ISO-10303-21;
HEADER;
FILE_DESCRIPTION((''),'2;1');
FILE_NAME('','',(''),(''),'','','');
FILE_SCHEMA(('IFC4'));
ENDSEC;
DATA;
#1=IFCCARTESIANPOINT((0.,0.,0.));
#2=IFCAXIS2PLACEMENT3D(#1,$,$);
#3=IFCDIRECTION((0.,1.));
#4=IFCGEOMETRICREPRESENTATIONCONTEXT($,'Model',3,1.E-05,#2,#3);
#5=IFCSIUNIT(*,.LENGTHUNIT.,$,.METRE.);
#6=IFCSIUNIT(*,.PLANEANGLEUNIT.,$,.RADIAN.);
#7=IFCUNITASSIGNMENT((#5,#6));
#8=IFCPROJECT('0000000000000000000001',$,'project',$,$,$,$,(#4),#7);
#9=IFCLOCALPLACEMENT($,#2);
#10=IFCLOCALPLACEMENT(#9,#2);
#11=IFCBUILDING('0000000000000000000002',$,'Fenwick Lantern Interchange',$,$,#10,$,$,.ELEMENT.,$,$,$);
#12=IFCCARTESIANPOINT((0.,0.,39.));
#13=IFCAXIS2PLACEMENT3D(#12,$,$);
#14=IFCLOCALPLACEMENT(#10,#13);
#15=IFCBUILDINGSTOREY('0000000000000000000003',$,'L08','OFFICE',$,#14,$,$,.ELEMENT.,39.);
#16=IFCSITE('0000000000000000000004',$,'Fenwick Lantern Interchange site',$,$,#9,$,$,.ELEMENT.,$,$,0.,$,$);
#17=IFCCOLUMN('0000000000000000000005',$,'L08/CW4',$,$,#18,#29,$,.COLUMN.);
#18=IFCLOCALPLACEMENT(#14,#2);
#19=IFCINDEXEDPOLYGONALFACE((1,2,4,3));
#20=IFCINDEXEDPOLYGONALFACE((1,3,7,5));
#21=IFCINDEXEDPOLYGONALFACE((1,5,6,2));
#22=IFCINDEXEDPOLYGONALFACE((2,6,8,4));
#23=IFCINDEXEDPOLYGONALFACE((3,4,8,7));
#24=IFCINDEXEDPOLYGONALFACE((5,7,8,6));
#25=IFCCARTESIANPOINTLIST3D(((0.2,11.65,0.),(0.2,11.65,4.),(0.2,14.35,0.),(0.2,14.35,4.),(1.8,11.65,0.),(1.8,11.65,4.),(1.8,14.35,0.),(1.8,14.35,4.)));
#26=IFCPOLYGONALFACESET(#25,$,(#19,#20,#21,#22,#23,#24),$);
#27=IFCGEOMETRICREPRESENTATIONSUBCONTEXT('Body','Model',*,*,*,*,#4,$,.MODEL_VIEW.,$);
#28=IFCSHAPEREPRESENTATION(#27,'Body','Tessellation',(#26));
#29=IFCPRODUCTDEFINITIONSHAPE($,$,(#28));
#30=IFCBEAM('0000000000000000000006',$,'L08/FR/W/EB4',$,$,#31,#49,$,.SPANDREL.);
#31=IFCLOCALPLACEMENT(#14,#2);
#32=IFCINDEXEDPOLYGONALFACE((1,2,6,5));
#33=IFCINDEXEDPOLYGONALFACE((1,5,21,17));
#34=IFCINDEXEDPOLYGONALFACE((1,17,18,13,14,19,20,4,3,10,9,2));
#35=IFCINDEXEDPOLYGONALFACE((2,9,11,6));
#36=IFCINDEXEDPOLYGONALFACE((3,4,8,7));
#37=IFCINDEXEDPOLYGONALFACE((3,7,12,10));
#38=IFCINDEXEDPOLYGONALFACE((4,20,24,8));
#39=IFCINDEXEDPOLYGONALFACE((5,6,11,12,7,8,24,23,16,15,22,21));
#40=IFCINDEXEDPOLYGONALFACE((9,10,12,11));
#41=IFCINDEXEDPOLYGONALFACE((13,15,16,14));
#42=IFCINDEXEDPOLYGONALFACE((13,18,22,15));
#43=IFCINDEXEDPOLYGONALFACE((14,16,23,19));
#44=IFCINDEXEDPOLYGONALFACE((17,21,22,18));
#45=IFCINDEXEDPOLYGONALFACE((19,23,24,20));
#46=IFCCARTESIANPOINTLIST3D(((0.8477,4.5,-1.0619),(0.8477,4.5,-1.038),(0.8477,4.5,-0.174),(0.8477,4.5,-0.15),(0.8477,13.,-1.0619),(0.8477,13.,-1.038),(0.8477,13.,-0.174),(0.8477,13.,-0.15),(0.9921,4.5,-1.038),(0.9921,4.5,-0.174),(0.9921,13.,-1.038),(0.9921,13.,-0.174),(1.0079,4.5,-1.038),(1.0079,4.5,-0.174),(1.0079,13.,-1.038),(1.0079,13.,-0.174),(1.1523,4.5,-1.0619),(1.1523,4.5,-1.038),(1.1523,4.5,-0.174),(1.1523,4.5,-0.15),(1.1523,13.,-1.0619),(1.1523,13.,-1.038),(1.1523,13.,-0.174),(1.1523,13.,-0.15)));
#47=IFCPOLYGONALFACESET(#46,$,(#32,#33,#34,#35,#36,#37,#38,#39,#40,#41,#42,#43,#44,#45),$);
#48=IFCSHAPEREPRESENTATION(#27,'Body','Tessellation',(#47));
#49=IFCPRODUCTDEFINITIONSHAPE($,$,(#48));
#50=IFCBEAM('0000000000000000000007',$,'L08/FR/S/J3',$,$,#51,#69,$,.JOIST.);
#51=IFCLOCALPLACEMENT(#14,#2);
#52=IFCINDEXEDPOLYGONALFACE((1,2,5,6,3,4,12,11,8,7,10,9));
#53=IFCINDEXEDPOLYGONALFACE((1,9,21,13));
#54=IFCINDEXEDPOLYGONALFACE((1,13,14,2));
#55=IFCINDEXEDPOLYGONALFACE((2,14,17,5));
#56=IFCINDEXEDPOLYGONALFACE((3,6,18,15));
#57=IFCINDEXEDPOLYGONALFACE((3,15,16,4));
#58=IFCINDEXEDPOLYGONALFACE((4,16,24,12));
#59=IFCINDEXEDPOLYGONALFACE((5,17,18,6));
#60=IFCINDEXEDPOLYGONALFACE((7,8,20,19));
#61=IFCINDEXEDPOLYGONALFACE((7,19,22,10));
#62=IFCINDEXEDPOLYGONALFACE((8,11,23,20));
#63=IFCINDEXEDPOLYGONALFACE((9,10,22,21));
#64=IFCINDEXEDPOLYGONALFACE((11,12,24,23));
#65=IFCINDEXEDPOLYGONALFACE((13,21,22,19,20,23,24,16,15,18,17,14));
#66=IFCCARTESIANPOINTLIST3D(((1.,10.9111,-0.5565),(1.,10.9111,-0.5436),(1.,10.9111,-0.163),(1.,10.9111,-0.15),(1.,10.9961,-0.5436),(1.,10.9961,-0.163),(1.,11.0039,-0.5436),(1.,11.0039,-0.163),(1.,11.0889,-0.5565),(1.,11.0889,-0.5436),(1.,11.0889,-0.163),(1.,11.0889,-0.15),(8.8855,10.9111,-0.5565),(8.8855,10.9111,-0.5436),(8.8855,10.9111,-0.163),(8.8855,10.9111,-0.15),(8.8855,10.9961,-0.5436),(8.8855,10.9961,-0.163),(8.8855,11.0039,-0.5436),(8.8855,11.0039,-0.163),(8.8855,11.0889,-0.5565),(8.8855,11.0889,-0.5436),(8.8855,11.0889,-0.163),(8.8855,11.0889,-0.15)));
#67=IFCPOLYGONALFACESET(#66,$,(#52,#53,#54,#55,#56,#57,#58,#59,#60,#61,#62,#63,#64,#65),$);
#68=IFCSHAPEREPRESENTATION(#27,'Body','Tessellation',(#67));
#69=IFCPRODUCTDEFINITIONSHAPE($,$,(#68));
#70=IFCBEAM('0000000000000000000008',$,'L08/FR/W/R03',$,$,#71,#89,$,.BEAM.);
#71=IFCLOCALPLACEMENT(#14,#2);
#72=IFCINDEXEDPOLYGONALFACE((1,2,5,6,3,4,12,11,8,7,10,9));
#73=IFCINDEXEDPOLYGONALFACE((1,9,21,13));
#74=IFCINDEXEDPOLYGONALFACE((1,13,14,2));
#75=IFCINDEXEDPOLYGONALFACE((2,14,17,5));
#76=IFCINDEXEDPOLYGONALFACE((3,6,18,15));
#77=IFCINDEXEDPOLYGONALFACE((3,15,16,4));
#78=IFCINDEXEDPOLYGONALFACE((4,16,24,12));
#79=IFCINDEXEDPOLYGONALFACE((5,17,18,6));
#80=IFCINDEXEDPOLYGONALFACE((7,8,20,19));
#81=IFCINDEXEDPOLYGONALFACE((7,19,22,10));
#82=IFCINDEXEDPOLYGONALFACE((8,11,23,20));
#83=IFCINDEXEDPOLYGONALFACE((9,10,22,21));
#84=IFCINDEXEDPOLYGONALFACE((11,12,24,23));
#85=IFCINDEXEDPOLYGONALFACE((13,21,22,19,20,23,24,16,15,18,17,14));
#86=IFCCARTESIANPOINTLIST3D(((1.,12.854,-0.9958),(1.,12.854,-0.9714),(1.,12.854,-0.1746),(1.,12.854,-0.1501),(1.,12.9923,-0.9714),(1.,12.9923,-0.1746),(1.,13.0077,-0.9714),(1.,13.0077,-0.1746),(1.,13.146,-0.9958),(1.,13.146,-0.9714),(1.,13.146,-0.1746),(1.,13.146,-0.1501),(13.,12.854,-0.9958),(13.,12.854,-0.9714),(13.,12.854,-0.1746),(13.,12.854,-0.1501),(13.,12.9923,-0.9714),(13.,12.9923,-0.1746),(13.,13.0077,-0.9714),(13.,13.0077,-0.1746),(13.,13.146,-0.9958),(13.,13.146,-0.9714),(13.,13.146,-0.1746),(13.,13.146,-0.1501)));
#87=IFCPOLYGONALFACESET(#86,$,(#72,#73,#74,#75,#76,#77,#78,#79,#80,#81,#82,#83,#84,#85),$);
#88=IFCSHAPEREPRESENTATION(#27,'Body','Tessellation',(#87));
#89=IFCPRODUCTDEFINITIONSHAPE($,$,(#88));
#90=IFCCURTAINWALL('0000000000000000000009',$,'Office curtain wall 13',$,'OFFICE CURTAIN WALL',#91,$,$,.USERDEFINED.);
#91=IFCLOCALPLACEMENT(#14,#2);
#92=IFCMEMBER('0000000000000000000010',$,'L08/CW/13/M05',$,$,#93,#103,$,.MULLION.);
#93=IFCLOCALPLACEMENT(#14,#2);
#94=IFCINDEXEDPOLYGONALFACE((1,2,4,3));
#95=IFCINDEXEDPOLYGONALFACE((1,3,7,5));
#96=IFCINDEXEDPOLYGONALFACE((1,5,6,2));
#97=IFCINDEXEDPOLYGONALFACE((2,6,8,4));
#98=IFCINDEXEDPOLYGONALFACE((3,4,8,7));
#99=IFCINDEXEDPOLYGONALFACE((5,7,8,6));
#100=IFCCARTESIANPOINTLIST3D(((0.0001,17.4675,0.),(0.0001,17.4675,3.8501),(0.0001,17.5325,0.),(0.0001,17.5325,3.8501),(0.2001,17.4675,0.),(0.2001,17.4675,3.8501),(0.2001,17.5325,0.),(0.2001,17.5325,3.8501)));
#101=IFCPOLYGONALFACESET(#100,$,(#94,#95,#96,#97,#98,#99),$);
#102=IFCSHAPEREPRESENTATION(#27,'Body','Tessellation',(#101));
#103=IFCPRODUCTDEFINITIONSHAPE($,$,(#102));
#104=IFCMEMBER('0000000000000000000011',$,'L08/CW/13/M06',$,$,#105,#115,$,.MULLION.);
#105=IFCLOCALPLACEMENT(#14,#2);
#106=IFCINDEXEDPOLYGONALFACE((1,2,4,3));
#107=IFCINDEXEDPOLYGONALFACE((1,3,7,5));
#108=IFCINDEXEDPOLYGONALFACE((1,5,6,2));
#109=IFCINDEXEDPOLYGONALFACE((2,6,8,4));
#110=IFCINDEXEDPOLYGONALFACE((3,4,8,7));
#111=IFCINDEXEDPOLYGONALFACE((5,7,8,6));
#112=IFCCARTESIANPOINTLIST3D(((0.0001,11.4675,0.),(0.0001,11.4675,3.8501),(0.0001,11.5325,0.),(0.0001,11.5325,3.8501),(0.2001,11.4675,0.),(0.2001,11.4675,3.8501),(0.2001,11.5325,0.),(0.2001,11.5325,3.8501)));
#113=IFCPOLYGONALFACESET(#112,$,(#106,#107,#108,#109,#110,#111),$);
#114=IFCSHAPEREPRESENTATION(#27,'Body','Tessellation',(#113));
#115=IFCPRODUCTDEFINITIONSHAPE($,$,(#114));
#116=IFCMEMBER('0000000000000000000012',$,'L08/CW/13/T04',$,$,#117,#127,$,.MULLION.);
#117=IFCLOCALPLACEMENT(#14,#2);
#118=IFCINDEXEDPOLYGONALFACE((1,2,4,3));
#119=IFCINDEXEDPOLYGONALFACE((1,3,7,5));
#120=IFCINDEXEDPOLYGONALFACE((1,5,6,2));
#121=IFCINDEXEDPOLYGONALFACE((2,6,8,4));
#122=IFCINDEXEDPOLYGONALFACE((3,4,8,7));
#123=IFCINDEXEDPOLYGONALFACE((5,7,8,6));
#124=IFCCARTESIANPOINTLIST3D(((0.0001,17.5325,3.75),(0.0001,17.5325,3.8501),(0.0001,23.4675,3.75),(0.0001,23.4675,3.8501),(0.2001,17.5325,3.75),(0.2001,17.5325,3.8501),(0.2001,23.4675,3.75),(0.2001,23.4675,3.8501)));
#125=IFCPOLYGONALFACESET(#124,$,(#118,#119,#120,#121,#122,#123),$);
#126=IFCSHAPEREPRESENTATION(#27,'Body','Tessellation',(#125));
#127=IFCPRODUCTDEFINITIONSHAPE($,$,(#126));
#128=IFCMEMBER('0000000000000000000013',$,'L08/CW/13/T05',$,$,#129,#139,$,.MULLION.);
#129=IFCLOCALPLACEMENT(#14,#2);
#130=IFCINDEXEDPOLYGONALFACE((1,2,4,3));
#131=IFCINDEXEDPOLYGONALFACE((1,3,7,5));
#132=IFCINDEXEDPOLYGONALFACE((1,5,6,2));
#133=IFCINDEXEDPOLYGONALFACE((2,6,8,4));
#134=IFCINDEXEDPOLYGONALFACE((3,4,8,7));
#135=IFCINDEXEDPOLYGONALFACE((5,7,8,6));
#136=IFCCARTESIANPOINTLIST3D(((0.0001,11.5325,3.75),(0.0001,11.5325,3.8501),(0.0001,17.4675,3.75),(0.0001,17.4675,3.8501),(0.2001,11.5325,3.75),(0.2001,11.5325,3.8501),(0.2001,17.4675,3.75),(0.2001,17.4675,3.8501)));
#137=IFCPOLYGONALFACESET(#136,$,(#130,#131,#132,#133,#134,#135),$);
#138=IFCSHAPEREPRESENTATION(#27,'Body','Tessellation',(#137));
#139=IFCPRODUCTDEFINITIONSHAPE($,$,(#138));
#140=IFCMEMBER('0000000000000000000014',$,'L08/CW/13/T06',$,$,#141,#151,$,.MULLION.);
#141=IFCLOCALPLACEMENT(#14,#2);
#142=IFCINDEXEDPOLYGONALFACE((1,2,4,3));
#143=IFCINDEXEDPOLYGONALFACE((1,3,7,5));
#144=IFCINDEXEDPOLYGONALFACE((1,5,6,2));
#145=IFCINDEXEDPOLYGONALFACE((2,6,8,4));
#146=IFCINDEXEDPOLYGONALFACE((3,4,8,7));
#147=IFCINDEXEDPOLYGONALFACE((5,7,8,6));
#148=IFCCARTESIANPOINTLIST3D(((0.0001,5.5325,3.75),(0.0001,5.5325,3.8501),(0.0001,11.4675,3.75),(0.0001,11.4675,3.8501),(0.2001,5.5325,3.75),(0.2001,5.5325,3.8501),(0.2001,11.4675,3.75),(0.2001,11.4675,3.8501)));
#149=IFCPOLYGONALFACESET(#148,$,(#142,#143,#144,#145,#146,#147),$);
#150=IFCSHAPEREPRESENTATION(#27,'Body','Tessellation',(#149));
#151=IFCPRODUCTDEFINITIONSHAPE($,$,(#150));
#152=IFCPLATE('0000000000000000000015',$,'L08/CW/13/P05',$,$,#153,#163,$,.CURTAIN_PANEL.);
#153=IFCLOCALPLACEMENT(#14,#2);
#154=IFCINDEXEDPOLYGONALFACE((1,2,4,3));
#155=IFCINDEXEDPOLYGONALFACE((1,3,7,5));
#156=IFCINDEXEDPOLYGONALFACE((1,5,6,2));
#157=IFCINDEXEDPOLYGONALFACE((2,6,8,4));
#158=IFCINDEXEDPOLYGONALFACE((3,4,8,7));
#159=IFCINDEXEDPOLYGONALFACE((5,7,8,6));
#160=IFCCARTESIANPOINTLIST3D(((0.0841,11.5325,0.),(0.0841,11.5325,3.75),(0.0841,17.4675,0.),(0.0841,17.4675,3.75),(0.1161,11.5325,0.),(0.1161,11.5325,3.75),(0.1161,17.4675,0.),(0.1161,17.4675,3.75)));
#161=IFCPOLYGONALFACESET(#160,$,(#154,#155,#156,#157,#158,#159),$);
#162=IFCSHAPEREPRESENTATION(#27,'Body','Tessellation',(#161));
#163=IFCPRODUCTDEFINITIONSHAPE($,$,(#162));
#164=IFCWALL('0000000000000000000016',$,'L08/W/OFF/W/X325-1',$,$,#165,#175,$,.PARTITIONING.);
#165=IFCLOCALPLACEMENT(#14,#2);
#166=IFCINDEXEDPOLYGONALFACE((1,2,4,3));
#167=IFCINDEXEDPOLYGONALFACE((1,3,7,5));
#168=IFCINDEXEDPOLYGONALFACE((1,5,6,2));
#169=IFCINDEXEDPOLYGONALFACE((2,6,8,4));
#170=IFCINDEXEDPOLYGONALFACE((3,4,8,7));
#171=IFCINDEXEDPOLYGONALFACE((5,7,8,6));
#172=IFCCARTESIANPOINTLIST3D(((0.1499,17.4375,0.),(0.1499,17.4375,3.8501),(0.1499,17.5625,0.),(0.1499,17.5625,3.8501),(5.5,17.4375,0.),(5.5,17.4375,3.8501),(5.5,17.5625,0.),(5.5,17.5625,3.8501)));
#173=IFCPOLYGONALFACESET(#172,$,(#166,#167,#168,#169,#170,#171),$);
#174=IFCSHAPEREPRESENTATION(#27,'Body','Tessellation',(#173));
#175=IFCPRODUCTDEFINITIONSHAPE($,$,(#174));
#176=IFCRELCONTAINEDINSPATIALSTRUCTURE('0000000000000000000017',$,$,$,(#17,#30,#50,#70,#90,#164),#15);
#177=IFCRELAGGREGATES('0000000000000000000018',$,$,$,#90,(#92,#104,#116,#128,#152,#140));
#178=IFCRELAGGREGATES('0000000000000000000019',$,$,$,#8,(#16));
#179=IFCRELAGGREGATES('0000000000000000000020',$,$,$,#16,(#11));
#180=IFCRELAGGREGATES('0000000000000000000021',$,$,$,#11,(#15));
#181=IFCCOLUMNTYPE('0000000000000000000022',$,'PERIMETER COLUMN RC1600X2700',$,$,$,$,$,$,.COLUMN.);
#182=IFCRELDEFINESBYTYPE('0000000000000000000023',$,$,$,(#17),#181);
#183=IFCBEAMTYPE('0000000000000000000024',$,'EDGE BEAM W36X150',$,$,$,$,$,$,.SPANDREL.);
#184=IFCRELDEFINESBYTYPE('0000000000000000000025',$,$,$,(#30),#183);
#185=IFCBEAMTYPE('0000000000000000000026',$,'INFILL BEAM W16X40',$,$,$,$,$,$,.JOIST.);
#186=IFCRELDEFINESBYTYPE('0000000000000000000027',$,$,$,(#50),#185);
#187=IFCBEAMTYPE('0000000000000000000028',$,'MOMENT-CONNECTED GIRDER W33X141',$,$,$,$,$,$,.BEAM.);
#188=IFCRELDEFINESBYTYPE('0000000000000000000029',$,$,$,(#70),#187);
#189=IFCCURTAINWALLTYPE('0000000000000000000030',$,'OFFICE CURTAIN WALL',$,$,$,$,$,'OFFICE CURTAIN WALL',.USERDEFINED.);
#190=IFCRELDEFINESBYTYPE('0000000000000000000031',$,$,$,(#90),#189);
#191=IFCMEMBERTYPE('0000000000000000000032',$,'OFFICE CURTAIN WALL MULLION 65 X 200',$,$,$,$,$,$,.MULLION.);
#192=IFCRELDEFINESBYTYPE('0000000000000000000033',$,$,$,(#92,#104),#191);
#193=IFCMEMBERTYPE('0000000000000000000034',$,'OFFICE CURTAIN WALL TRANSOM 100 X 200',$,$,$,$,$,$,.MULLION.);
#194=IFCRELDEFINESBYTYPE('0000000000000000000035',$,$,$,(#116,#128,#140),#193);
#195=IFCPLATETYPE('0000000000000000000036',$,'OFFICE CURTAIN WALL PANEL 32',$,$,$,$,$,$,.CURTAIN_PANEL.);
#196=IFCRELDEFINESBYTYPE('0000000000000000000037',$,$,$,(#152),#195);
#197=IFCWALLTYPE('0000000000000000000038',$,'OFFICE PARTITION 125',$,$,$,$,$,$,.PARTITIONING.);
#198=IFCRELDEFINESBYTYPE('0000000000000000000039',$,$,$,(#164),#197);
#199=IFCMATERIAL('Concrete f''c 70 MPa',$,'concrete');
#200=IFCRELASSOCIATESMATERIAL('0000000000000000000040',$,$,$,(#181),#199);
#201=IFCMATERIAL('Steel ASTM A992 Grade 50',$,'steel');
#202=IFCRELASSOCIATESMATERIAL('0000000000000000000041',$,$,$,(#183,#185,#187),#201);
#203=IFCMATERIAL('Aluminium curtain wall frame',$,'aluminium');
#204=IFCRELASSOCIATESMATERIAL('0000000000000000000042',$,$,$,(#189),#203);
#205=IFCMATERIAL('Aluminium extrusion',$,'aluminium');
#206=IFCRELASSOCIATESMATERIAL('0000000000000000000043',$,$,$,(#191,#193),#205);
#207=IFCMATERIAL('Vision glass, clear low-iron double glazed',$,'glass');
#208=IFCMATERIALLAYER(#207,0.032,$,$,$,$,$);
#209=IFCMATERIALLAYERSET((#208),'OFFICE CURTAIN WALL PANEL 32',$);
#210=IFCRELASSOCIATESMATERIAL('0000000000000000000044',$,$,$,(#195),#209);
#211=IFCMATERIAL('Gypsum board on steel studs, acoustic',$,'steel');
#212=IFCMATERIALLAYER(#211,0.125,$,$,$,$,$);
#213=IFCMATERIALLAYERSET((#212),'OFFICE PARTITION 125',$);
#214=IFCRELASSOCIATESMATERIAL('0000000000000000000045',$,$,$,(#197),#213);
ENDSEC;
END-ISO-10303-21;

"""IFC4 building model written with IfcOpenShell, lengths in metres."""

from ifc_helpers import new_model, si_unit, direction, frame, frame_2d, origin, origin_2d, place, context, subcontext, project, spatial, rectangle, i_section, extrude, material, layer, layer_set, material_profile, profile_set, type_object, element, aggregate, save


model = new_model("IFC4")

# Units and contexts
model_context = context("Model", 3, precision=1e-05, world=origin(), true_north=direction((0.0, 1.0)))
body_context = subcontext(model_context, "Body", "Model", "MODEL_VIEW")
ifc_project = project(units=[si_unit("LENGTHUNIT", "METRE"), si_unit("PLANEANGLEUNIT", "RADIAN")], contexts=[model_context])

# Site, building, storey
site_placement = place(None, origin())
site = spatial("IfcSite", under=ifc_project, at=site_placement, Name="Fenwick Lantern Interchange site", CompositionType="ELEMENT", RefElevation=0.0)
building_placement = place(site_placement, origin())
building = spatial("IfcBuilding", under=site, at=building_placement, Name="Fenwick Lantern Interchange", CompositionType="ELEMENT")
storey_placement = place(building_placement, frame((0.0, 0.0, 39.0)))
storey = spatial("IfcBuildingStorey", under=building, at=storey_placement, Name="L08", Description="OFFICE", CompositionType="ELEMENT", Elevation=39.0)

# Column
ifc_material_1 = material(Name="Concrete f'c 70 MPa", Category="concrete")
ifc_material_profile_1 = material_profile(ifc_material_1, rectangle(XDim=1.6001, YDim=2.7, at=origin_2d()), Name="RC1600X2700")
ifc_profile_set_1 = profile_set([ifc_material_profile_1], Name="Concrete f'c 70 MPa")
column_type = type_object("IfcColumnType", Name="PERIMETER COLUMN RC1600X2700", PredefinedType="COLUMN", material=ifc_profile_set_1)
column_placement = place(storey_placement, frame((1.0, 13.0, 0.0), z_axis=(0.0, 0.0, 1.0), x_axis=(1.0, 0.0, 0.0)))
element("IfcColumn", 1, at=column_placement, inside=storey, type_object=column_type, Name="L08/CW4", PredefinedType="COLUMN", context=body_context, shape_type="SweptSolid", body=[
    extrude(rectangle(XDim=1.6001, YDim=2.7, at=origin_2d()), origin(), (0.0, 0.0, 1.0), 4.0),
])

# Beams
ifc_material_2 = material(Name="Steel ASTM A992 Grade 50", Category="steel")
ifc_material_profile_2 = material_profile(ifc_material_2, i_section(OverallWidth=0.3047, OverallDepth=0.9119, WebThickness=0.0159, FlangeThickness=0.0239, at=origin_2d()), Name="W36X150")
ifc_profile_set_2 = profile_set([ifc_material_profile_2], Name="Steel ASTM A992 Grade 50")
beam_type_1 = type_object("IfcBeamType", Name="EDGE BEAM W36X150", PredefinedType="SPANDREL", material=ifc_profile_set_2)
beam_1_placement = place(storey_placement, frame((1.0, 13.0, -0.606), z_axis=(0.0, -1.0, 0.0), x_axis=(1.0, 0.0, 0.0)))
element("IfcBeam", 2, at=beam_1_placement, inside=storey, type_object=beam_type_1, Name="L08/FR/W/EB4", PredefinedType="SPANDREL", context=body_context, shape_type="SweptSolid", body=[
    extrude(i_section(OverallWidth=0.3047, OverallDepth=0.9119, WebThickness=0.0159, FlangeThickness=0.0239, at=origin_2d()), origin(), (0.0, 0.0, 1.0), 8.5),
])
ifc_material_profile_3 = material_profile(ifc_material_2, i_section(OverallWidth=0.1777, OverallDepth=0.4065, WebThickness=0.0078, FlangeThickness=0.0129, at=origin_2d()), Name="W16X40")
ifc_profile_set_3 = profile_set([ifc_material_profile_3], Name="Steel ASTM A992 Grade 50")
beam_type_2 = type_object("IfcBeamType", Name="INFILL BEAM W16X40", PredefinedType="JOIST", material=ifc_profile_set_3)
beam_2_placement = place(storey_placement, frame((1.0, 11.0, -0.3533), z_axis=(1.0, 0.0, 0.0), x_axis=(0.0, 1.0, 0.0)))
element("IfcBeam", 3, at=beam_2_placement, inside=storey, type_object=beam_type_2, Name="L08/FR/S/J3", PredefinedType="JOIST", context=body_context, shape_type="SweptSolid", body=[
    extrude(i_section(OverallWidth=0.1777, OverallDepth=0.4065, WebThickness=0.0078, FlangeThickness=0.0129, at=origin_2d()), origin(), (0.0, 0.0, 1.0), 7.8855),
])
ifc_material_profile_4 = material_profile(ifc_material_2, i_section(OverallWidth=0.292, OverallDepth=0.8457, WebThickness=0.0154, FlangeThickness=0.0244, at=origin_2d()), Name="W33X141")
ifc_profile_set_4 = profile_set([ifc_material_profile_4], Name="Steel ASTM A992 Grade 50")
beam_type_3 = type_object("IfcBeamType", Name="MOMENT-CONNECTED GIRDER W33X141", PredefinedType="BEAM", material=ifc_profile_set_4)
beam_3_placement = place(storey_placement, frame((1.0, 13.0, -0.573), z_axis=(1.0, 0.0, 0.0), x_axis=(0.0, 1.0, 0.0)))
element("IfcBeam", 4, at=beam_3_placement, inside=storey, type_object=beam_type_3, Name="L08/FR/W/R03", PredefinedType="BEAM", context=body_context, shape_type="SweptSolid", body=[
    extrude(i_section(OverallWidth=0.292, OverallDepth=0.8457, WebThickness=0.0154, FlangeThickness=0.0244, at=origin_2d()), origin(), (0.0, 0.0, 1.0), 12.0),
])

# Curtain wall, members, plate
ifc_material_3 = material(Name="Aluminium curtain wall frame", Category="aluminium")
curtain_wall_type = type_object("IfcCurtainWallType", Name="OFFICE CURTAIN WALL", ElementType="OFFICE CURTAIN WALL", PredefinedType="USERDEFINED", material=ifc_material_3)
curtain_wall_placement = place(storey_placement, origin())
curtain_wall = element("IfcCurtainWall", 5, at=curtain_wall_placement, inside=storey, type_object=curtain_wall_type, Name="Office curtain wall 13", ObjectType="OFFICE CURTAIN WALL", PredefinedType="USERDEFINED")
ifc_material_4 = material(Name="Aluminium extrusion", Category="aluminium")
ifc_material_profile_5 = material_profile(ifc_material_4, rectangle(XDim=0.2, YDim=0.0649, at=origin_2d()), Name="OFFICE CURTAIN WALL MULLION 65 X 200")
ifc_profile_set_5 = profile_set([ifc_material_profile_5], Name="Aluminium extrusion")
member_type_1 = type_object("IfcMemberType", Name="OFFICE CURTAIN WALL MULLION 65 X 200", PredefinedType="MULLION", material=ifc_profile_set_5)
member_1_placement = place(storey_placement, frame((0.1001, 17.5, 0.0), z_axis=(0.0, 0.0, 1.0), x_axis=(1.0, 0.0, 0.0)))
member_1 = element("IfcMember", 6, at=member_1_placement, type_object=member_type_1, Name="L08/CW/13/M05", PredefinedType="MULLION", context=body_context, shape_type="SweptSolid", body=[
    extrude(rectangle(XDim=0.2, YDim=0.0649, at=origin_2d()), origin(), (0.0, 0.0, 1.0), 3.8501),
])
member_2_placement = place(storey_placement, frame((0.1001, 11.5, 0.0), z_axis=(0.0, 0.0, 1.0), x_axis=(1.0, 0.0, 0.0)))
member_2 = element("IfcMember", 7, at=member_2_placement, type_object=member_type_1, Name="L08/CW/13/M06", PredefinedType="MULLION", context=body_context, shape_type="SweptSolid", body=[
    extrude(rectangle(XDim=0.2, YDim=0.0649, at=origin_2d()), origin(), (0.0, 0.0, 1.0), 3.8501),
])
ifc_material_profile_6 = material_profile(ifc_material_4, rectangle(XDim=0.2, YDim=0.1001, at=origin_2d()), Name="OFFICE CURTAIN WALL TRANSOM 100 X 200")
ifc_profile_set_6 = profile_set([ifc_material_profile_6], Name="Aluminium extrusion")
member_type_2 = type_object("IfcMemberType", Name="OFFICE CURTAIN WALL TRANSOM 100 X 200", PredefinedType="MULLION", material=ifc_profile_set_6)
member_3_placement = place(storey_placement, frame((0.1001, 23.4675, 3.8), z_axis=(0.0, -1.0, 0.0), x_axis=(1.0, 0.0, 0.0)))
member_3 = element("IfcMember", 8, at=member_3_placement, type_object=member_type_2, Name="L08/CW/13/T04", PredefinedType="MULLION", context=body_context, shape_type="SweptSolid", body=[
    extrude(rectangle(XDim=0.2, YDim=0.1001, at=origin_2d()), origin(), (0.0, 0.0, 1.0), 5.9351),
])
member_4_placement = place(storey_placement, frame((0.1001, 17.4675, 3.8), z_axis=(0.0, -1.0, 0.0), x_axis=(1.0, 0.0, 0.0)))
member_4 = element("IfcMember", 9, at=member_4_placement, type_object=member_type_2, Name="L08/CW/13/T05", PredefinedType="MULLION", context=body_context, shape_type="SweptSolid", body=[
    extrude(rectangle(XDim=0.2, YDim=0.1001, at=origin_2d()), origin(), (0.0, 0.0, 1.0), 5.9351),
])
member_5_placement = place(storey_placement, frame((0.1001, 11.4675, 3.8), z_axis=(0.0, -1.0, 0.0), x_axis=(1.0, 0.0, 0.0)))
member_5 = element("IfcMember", 10, at=member_5_placement, type_object=member_type_2, Name="L08/CW/13/T06", PredefinedType="MULLION", context=body_context, shape_type="SweptSolid", body=[
    extrude(rectangle(XDim=0.2, YDim=0.1001, at=origin_2d()), origin(), (0.0, 0.0, 1.0), 5.9351),
])
ifc_material_5 = material(Name="Vision glass, clear low-iron double glazed", Category="glass")
ifc_layer_1 = layer(ifc_material_5, 0.032)
ifc_layer_set_1 = layer_set([ifc_layer_1], Name="OFFICE CURTAIN WALL PANEL 32")
plate_type = type_object("IfcPlateType", Name="OFFICE CURTAIN WALL PANEL 32", PredefinedType="CURTAIN_PANEL", material=ifc_layer_set_1)
plate_placement = place(storey_placement, frame((0.1001, 14.5, 0.0), z_axis=(0.0, 0.0, 1.0), x_axis=(0.0, -1.0, 0.0)))
plate = element("IfcPlate", 11, at=plate_placement, type_object=plate_type, Name="L08/CW/13/P05", PredefinedType="CURTAIN_PANEL", context=body_context, shape_type="SweptSolid", body=[
    extrude(rectangle(XDim=5.9351, YDim=0.032, at=origin_2d()), origin(), (0.0, 0.0, 1.0), 3.75),
])
aggregate(curtain_wall, [member_1, member_2, member_3, member_4, plate, member_5])

# Wall
ifc_material_6 = material(Name="Gypsum board on steel studs, acoustic", Category="steel")
ifc_layer_2 = layer(ifc_material_6, 0.125)
ifc_layer_set_2 = layer_set([ifc_layer_2], Name="OFFICE PARTITION 125")
wall_type_1 = type_object("IfcWallType", Name="OFFICE PARTITION 125", PredefinedType="PARTITIONING", material=ifc_layer_set_2)
wall_1_placement = place(storey_placement, frame((0.1499, 17.5, 0.0), z_axis=(0.0, 0.0, 1.0), x_axis=(1.0, 0.0, 0.0)))
element("IfcWall", 12, at=wall_1_placement, inside=storey, type_object=wall_type_1, Name="L08/W/OFF/W/X325-1", PredefinedType="PARTITIONING", context=body_context, shape_type="SweptSolid", body=[
    extrude(rectangle(XDim=5.3501, YDim=0.125, at=frame_2d((2.675, 0.0))), origin(), (0.0, 0.0, 1.0), 3.8501),
])

save(model, "model.ifc")
